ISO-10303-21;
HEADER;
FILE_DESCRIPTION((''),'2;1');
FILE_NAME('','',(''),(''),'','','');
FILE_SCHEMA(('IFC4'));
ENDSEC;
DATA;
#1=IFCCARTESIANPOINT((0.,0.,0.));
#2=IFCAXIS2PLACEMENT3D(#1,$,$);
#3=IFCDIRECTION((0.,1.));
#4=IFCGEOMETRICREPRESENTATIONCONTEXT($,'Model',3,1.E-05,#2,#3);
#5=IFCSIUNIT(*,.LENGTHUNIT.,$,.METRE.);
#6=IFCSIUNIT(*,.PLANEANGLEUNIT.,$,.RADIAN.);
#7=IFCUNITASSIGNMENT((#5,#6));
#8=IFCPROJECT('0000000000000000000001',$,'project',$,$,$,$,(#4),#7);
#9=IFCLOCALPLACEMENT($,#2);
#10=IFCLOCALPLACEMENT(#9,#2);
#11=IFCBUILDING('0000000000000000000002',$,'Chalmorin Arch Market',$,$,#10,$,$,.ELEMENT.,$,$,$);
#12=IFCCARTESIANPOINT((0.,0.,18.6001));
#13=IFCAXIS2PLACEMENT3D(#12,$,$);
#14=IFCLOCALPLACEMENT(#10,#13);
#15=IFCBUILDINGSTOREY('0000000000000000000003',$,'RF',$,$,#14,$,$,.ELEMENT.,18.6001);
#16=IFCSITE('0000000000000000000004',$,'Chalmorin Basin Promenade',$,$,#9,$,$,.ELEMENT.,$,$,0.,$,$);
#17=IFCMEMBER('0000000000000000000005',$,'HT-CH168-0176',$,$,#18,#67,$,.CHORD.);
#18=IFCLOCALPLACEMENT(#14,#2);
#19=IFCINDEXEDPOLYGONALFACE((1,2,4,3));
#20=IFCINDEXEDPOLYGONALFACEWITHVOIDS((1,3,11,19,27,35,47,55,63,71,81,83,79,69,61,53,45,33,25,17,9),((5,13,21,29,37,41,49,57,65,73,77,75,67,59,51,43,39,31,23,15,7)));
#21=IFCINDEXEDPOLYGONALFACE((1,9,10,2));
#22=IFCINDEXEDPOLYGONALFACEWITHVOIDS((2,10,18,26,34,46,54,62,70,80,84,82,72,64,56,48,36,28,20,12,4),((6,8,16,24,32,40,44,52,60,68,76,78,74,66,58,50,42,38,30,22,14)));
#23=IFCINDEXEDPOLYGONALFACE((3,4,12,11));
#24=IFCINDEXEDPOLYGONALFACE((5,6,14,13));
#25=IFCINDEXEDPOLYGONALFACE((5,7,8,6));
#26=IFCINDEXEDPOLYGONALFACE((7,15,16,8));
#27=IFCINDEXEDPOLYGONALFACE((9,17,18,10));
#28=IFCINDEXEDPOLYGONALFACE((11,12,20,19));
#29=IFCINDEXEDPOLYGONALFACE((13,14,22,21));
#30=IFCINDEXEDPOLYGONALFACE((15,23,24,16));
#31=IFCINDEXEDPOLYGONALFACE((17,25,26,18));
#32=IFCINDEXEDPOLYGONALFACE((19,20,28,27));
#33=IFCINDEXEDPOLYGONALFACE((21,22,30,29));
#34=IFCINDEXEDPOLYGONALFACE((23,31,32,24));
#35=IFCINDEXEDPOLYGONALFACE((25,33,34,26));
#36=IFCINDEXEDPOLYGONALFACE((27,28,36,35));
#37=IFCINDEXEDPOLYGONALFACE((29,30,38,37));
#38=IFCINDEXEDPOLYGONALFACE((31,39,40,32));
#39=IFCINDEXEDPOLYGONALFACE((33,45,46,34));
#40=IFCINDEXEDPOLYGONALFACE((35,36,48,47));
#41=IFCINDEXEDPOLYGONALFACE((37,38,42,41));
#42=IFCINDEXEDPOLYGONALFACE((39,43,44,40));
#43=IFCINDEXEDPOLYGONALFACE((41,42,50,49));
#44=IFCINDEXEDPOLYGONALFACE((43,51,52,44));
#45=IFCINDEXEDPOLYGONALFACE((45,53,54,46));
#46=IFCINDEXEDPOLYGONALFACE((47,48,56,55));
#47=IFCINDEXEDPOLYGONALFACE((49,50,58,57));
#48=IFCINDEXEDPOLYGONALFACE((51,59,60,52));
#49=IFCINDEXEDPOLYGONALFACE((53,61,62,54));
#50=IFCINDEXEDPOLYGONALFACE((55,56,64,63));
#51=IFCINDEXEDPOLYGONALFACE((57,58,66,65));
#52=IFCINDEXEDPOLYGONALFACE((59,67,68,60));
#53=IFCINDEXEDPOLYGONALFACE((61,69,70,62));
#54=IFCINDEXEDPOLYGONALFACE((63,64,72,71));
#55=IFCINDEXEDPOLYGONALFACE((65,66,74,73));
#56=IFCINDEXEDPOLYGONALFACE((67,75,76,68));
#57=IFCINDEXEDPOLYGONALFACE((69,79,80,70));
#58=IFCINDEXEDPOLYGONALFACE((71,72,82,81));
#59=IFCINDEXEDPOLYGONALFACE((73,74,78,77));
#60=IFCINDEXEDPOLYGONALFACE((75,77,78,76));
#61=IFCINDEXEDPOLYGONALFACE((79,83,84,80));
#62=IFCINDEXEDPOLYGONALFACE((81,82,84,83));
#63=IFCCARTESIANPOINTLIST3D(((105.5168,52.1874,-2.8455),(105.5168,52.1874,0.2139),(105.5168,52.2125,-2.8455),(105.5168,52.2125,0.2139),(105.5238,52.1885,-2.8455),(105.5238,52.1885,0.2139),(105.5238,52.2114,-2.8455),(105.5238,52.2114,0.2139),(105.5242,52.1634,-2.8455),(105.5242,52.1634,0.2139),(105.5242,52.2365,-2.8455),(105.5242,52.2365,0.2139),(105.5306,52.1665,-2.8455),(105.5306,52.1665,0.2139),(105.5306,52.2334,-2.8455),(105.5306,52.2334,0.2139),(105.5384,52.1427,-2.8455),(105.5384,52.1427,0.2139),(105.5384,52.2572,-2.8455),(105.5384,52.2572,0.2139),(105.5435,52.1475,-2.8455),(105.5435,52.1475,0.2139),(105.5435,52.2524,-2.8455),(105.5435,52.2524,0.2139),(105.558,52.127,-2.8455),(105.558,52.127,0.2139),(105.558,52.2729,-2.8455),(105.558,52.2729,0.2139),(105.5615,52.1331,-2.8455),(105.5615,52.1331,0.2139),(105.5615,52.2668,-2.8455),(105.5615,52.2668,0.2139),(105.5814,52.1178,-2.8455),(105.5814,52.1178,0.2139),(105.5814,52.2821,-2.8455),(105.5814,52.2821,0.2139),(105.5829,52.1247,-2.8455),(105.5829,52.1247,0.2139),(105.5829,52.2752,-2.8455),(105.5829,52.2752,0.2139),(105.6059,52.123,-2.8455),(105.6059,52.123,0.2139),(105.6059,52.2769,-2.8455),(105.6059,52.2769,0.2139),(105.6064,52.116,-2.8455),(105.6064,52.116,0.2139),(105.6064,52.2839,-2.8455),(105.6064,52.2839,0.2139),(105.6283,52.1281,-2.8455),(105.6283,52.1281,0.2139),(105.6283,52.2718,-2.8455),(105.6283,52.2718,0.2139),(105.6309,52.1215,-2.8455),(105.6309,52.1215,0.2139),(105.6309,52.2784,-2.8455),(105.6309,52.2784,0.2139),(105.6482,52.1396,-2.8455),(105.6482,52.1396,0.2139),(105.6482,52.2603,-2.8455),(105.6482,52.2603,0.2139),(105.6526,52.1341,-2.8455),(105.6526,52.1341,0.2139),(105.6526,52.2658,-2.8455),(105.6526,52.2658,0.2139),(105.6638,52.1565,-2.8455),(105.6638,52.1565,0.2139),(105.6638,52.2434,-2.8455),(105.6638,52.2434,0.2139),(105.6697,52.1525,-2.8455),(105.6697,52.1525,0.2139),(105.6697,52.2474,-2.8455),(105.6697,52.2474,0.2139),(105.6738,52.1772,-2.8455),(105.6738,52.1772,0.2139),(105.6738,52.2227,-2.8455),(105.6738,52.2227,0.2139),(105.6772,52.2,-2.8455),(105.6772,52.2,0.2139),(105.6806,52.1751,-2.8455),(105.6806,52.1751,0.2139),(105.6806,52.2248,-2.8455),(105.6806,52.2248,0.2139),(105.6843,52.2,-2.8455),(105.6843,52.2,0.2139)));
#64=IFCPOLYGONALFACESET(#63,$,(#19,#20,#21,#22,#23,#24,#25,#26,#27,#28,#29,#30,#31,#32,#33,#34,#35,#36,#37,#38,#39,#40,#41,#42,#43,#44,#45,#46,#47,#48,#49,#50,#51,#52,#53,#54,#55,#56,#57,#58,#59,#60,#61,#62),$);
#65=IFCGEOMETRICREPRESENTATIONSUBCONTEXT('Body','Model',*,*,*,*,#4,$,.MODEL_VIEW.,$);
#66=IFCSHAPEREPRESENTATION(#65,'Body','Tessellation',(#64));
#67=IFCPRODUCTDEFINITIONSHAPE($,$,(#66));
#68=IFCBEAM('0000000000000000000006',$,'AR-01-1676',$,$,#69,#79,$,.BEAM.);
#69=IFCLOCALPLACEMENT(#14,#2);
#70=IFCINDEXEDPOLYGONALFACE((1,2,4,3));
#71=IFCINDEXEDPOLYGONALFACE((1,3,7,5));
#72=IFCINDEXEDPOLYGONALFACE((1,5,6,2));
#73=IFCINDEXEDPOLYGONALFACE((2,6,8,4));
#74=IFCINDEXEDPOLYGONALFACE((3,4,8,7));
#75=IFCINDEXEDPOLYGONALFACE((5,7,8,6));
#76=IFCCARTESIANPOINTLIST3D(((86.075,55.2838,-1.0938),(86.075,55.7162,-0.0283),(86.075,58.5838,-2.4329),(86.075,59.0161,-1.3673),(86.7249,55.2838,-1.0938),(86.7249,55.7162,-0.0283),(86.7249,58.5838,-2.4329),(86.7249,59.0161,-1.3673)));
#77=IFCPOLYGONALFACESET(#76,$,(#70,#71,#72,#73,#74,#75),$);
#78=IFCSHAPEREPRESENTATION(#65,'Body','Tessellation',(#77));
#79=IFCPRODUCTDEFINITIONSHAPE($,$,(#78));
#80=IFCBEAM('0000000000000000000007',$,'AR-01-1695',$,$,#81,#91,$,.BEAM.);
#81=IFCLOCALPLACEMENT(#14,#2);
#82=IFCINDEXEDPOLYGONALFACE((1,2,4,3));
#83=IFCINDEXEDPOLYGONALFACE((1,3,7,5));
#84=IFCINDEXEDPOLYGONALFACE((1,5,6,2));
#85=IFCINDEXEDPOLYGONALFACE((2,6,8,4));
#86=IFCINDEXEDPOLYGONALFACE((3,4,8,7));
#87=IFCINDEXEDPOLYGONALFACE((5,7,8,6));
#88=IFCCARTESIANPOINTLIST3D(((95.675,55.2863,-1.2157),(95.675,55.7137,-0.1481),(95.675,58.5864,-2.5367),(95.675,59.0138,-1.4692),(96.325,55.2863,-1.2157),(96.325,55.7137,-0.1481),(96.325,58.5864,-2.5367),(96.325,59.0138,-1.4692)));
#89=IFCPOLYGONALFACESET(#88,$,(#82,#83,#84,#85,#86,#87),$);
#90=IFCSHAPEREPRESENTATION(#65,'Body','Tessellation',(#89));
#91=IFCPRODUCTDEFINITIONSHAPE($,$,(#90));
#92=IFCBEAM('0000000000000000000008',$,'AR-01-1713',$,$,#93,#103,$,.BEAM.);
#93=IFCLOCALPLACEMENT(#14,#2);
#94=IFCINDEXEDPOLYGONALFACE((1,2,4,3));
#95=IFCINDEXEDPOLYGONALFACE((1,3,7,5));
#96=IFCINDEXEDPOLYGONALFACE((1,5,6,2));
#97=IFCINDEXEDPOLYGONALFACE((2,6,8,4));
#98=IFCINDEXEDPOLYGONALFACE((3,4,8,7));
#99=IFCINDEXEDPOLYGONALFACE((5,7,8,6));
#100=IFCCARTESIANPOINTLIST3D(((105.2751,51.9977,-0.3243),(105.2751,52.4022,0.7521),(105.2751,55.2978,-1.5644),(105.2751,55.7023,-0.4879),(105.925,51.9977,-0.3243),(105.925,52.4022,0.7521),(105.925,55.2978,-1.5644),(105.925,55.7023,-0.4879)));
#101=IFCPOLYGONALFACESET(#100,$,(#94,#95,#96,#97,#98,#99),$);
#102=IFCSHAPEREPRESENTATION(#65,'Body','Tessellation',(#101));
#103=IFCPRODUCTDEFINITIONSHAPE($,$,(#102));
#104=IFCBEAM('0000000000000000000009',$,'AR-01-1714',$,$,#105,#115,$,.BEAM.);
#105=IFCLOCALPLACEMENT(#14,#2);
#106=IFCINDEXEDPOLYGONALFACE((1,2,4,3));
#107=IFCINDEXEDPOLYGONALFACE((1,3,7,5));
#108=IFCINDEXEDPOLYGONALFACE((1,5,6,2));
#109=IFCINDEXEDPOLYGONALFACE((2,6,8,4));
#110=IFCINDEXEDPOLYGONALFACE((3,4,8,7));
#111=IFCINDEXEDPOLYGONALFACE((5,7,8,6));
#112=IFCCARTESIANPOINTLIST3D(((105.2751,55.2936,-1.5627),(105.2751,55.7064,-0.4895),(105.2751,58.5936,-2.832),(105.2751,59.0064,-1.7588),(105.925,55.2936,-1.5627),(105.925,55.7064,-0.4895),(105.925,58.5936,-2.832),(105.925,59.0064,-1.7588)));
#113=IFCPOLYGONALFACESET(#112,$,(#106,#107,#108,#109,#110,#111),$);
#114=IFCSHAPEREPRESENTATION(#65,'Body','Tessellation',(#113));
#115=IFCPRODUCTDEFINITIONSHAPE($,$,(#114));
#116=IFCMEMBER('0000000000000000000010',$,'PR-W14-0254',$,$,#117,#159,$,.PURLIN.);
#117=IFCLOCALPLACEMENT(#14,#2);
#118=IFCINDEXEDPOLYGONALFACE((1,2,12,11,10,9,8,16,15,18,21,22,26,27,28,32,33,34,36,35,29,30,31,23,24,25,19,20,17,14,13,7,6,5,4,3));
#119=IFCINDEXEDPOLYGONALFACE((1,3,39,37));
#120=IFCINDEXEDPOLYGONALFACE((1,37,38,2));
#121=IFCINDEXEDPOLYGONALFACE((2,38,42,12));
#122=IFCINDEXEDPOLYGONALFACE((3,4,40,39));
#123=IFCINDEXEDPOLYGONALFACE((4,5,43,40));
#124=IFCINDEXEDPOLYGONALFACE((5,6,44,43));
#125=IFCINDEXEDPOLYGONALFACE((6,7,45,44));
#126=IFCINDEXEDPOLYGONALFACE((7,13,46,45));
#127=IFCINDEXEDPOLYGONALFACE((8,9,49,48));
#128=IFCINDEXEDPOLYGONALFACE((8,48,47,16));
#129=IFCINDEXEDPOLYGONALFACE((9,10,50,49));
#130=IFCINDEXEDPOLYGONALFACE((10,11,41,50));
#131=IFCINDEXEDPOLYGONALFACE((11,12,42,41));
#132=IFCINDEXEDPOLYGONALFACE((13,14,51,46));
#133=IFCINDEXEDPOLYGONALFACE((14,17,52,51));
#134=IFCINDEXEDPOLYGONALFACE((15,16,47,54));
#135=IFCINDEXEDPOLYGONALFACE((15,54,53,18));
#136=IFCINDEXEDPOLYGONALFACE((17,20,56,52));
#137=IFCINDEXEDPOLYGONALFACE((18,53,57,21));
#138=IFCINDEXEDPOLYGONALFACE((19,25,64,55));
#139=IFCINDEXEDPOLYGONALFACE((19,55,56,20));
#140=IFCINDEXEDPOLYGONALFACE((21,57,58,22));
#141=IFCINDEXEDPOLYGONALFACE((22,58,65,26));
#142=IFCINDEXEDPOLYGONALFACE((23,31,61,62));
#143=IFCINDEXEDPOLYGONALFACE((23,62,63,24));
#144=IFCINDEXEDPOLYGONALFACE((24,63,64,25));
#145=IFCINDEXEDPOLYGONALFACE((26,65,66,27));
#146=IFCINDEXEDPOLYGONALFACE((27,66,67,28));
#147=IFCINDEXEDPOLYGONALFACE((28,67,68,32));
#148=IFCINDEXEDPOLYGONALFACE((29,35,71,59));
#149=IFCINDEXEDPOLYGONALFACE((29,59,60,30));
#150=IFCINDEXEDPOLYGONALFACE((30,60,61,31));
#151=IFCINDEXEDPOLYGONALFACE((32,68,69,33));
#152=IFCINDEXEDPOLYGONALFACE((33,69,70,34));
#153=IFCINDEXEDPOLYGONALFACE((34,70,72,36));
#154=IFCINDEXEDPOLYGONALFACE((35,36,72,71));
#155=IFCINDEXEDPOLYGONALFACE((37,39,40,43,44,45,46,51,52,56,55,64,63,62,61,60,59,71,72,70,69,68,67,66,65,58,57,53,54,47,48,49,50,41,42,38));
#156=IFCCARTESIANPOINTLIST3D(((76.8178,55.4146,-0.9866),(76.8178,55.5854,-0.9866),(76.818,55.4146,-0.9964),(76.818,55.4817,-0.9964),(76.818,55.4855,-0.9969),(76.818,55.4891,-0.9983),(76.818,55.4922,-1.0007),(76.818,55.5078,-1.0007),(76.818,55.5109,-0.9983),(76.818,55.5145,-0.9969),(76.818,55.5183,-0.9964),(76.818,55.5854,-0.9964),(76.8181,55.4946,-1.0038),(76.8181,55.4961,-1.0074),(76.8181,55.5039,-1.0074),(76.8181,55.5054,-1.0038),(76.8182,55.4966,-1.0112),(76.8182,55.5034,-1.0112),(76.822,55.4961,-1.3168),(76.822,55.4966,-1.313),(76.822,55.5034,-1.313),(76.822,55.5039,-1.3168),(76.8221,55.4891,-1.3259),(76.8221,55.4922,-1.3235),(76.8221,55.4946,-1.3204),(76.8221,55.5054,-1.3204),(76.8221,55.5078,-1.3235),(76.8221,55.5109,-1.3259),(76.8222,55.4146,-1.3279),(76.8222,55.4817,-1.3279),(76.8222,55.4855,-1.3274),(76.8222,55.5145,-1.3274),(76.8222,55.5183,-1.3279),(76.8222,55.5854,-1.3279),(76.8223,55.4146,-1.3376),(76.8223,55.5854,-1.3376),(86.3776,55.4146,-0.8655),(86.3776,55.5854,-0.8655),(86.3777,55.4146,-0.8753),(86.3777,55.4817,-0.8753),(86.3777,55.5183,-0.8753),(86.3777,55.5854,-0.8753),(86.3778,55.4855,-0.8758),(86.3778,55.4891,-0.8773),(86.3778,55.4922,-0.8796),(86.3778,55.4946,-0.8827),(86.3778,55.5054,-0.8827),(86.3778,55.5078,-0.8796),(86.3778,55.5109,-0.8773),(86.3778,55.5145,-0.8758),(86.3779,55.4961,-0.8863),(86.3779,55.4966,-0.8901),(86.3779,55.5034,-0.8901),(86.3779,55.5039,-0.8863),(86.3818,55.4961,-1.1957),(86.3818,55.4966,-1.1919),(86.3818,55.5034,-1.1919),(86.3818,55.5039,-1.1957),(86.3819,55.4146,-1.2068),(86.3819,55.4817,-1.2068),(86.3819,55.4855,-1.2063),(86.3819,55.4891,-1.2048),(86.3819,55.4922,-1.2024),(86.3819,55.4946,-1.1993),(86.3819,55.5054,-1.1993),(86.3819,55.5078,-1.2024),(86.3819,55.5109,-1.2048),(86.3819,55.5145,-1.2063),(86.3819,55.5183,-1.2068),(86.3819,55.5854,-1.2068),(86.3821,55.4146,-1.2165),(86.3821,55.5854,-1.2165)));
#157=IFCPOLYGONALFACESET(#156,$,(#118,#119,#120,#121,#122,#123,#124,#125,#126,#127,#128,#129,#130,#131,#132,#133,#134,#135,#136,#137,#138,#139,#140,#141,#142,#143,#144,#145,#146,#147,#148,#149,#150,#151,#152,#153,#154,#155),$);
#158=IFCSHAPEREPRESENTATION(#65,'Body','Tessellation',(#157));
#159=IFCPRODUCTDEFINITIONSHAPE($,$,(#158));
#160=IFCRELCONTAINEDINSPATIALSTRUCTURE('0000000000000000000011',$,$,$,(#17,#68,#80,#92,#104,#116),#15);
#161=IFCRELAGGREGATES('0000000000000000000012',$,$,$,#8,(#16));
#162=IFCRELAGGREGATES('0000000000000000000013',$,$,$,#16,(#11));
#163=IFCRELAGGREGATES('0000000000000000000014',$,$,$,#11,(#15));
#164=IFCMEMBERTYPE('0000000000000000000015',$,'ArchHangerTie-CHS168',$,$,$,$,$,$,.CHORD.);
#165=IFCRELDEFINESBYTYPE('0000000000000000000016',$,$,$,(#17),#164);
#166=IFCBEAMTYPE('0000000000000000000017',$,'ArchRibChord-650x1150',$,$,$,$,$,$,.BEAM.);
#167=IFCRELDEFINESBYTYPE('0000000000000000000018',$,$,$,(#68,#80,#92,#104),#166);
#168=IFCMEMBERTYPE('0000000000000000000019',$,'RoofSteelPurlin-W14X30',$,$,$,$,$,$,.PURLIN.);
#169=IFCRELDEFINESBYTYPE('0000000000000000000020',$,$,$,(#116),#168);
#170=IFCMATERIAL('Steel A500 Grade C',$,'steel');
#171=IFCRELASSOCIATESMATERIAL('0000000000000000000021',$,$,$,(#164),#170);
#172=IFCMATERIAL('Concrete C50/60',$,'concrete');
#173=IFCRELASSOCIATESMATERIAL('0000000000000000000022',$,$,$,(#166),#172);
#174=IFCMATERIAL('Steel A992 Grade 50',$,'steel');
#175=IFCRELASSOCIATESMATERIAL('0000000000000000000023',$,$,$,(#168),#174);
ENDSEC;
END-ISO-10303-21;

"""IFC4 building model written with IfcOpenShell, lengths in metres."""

from ifc_helpers import new_model, si_unit, direction, frame, origin, origin_2d, place, context, subcontext, project, spatial, rectangle, hollow_circle, i_section, extrude, material, material_profile, profile_set, type_object, element, save


model = new_model("IFC4")

# Units and contexts
model_context = context("Model", 3, precision=1e-05, world=origin(), true_north=direction((0.0, 1.0)))
body_context = subcontext(model_context, "Body", "Model", "MODEL_VIEW")
ifc_project = project(units=[si_unit("LENGTHUNIT", "METRE"), si_unit("PLANEANGLEUNIT", "RADIAN")], contexts=[model_context])

# Site, building, storey
site_placement = place(None, origin())
site = spatial("IfcSite", under=ifc_project, at=site_placement, Name="Chalmorin Basin Promenade", CompositionType="ELEMENT", RefElevation=0.0)
building_placement = place(site_placement, origin())
building = spatial("IfcBuilding", under=site, at=building_placement, Name="Chalmorin Arch Market", CompositionType="ELEMENT")
storey_placement = place(building_placement, frame((0.0, 0.0, 18.6001)))
storey = spatial("IfcBuildingStorey", under=building, at=storey_placement, Name="RF", CompositionType="ELEMENT", Elevation=18.6001)

# Member
ifc_material_1 = material(Name="Steel A500 Grade C", Category="steel")
ifc_material_profile_1 = material_profile(ifc_material_1, hollow_circle(Radius=0.0842, WallThickness=0.0071, at=origin_2d()), Name="CHS168X7")
ifc_profile_set_1 = profile_set([ifc_material_profile_1], Name="Steel A500 Grade C")
member_type_1 = type_object("IfcMemberType", Name="ArchHangerTie-CHS168", PredefinedType="CHORD", material=ifc_profile_set_1)
member_1_placement = place(storey_placement, frame((105.6001, 52.2, -2.8455), z_axis=(0.0, 0.0, 1.0), x_axis=(1.0, 0.0, 0.0)))
element("IfcMember", 1, at=member_1_placement, inside=storey, type_object=member_type_1, Name="HT-CH168-0176", PredefinedType="CHORD", context=body_context, shape_type="SweptSolid", body=[
    extrude(hollow_circle(Radius=0.0842, WallThickness=0.0071, at=origin_2d()), origin(), (0.0, 0.0, 1.0), 3.0593),
])

# Beams
ifc_material_2 = material(Name="Concrete C50/60", Category="concrete")
ifc_material_profile_2 = material_profile(ifc_material_2, rectangle(XDim=0.6499, YDim=1.1499, at=origin_2d()), Name="RC650X1150")
ifc_profile_set_2 = profile_set([ifc_material_profile_2], Name="Concrete C50/60")
beam_type = type_object("IfcBeamType", Name="ArchRibChord-650x1150", PredefinedType="BEAM", material=ifc_profile_set_2)
beam_1_placement = place(storey_placement, frame((86.3999, 55.5, -0.561), z_axis=(0.0, 0.926617, -0.376007), x_axis=(-1.0, 0.0, 0.0)))
element("IfcBeam", 2, at=beam_1_placement, inside=storey, type_object=beam_type, Name="AR-01-1676", PredefinedType="BEAM", context=body_context, shape_type="SweptSolid", body=[
    extrude(rectangle(XDim=0.6499, YDim=1.1499, at=origin_2d()), origin(), (0.0, 0.0, 1.0), 3.5613),
])
beam_2_placement = place(storey_placement, frame((96.0, 55.5, -0.6819), z_axis=(0.0, 0.928377, -0.371639), x_axis=(-1.0, 0.0, 0.0)))
element("IfcBeam", 3, at=beam_2_placement, inside=storey, type_object=beam_type, Name="AR-01-1695", PredefinedType="BEAM", context=body_context, shape_type="SweptSolid", body=[
    extrude(rectangle(XDim=0.6499, YDim=1.1499, at=origin_2d()), origin(), (0.0, 0.0, 1.0), 3.5547),
])
beam_3_placement = place(storey_placement, frame((105.6001, 52.2, 0.2139), z_axis=(0.0, 0.936098, -0.351738), x_axis=(-1.0, 0.0, 0.0)))
element("IfcBeam", 4, at=beam_3_placement, inside=storey, type_object=beam_type, Name="AR-01-1713", PredefinedType="BEAM", context=body_context, shape_type="SweptSolid", body=[
    extrude(rectangle(XDim=0.6499, YDim=1.1499, at=origin_2d()), origin(), (0.0, 0.0, 1.0), 3.5254),
])
beam_4_placement = place(storey_placement, frame((105.6001, 55.5, -1.0261), z_axis=(0.0, 0.933342, -0.358988), x_axis=(-1.0, 0.0, 0.0)))
element("IfcBeam", 5, at=beam_4_placement, inside=storey, type_object=beam_type, Name="AR-01-1714", PredefinedType="BEAM", context=body_context, shape_type="SweptSolid", body=[
    extrude(rectangle(XDim=0.6499, YDim=1.1499, at=origin_2d()), origin(), (0.0, 0.0, 1.0), 3.5356),
])

# Member
ifc_material_3 = material(Name="Steel A992 Grade 50", Category="steel")
ifc_material_profile_3 = material_profile(ifc_material_3, i_section(OverallWidth=0.1709, OverallDepth=0.3511, WebThickness=0.0068, FlangeThickness=0.0098, FilletRadius=0.0149, at=origin_2d()), Name="W14X30")
ifc_profile_set_3 = profile_set([ifc_material_profile_3], Name="Steel A992 Grade 50")
member_type_2 = type_object("IfcMemberType", Name="RoofSteelPurlin-W14X30", PredefinedType="PURLIN", material=ifc_profile_set_3)
member_2_placement = place(storey_placement, frame((76.8201, 55.5, -1.1621), z_axis=(0.99992, 0.0, 0.012666), x_axis=(0.0, 1.0, 0.0)))
element("IfcMember", 6, at=member_2_placement, inside=storey, type_object=member_type_2, Name="PR-W14-0254", PredefinedType="PURLIN", context=body_context, shape_type="SweptSolid", body=[
    extrude(i_section(OverallWidth=0.1709, OverallDepth=0.3511, WebThickness=0.0068, FlangeThickness=0.0098, FilletRadius=0.0149, at=origin_2d()), origin(), (0.0, 0.0, 1.0), 9.5605),
])

save(model, "model.ifc")
